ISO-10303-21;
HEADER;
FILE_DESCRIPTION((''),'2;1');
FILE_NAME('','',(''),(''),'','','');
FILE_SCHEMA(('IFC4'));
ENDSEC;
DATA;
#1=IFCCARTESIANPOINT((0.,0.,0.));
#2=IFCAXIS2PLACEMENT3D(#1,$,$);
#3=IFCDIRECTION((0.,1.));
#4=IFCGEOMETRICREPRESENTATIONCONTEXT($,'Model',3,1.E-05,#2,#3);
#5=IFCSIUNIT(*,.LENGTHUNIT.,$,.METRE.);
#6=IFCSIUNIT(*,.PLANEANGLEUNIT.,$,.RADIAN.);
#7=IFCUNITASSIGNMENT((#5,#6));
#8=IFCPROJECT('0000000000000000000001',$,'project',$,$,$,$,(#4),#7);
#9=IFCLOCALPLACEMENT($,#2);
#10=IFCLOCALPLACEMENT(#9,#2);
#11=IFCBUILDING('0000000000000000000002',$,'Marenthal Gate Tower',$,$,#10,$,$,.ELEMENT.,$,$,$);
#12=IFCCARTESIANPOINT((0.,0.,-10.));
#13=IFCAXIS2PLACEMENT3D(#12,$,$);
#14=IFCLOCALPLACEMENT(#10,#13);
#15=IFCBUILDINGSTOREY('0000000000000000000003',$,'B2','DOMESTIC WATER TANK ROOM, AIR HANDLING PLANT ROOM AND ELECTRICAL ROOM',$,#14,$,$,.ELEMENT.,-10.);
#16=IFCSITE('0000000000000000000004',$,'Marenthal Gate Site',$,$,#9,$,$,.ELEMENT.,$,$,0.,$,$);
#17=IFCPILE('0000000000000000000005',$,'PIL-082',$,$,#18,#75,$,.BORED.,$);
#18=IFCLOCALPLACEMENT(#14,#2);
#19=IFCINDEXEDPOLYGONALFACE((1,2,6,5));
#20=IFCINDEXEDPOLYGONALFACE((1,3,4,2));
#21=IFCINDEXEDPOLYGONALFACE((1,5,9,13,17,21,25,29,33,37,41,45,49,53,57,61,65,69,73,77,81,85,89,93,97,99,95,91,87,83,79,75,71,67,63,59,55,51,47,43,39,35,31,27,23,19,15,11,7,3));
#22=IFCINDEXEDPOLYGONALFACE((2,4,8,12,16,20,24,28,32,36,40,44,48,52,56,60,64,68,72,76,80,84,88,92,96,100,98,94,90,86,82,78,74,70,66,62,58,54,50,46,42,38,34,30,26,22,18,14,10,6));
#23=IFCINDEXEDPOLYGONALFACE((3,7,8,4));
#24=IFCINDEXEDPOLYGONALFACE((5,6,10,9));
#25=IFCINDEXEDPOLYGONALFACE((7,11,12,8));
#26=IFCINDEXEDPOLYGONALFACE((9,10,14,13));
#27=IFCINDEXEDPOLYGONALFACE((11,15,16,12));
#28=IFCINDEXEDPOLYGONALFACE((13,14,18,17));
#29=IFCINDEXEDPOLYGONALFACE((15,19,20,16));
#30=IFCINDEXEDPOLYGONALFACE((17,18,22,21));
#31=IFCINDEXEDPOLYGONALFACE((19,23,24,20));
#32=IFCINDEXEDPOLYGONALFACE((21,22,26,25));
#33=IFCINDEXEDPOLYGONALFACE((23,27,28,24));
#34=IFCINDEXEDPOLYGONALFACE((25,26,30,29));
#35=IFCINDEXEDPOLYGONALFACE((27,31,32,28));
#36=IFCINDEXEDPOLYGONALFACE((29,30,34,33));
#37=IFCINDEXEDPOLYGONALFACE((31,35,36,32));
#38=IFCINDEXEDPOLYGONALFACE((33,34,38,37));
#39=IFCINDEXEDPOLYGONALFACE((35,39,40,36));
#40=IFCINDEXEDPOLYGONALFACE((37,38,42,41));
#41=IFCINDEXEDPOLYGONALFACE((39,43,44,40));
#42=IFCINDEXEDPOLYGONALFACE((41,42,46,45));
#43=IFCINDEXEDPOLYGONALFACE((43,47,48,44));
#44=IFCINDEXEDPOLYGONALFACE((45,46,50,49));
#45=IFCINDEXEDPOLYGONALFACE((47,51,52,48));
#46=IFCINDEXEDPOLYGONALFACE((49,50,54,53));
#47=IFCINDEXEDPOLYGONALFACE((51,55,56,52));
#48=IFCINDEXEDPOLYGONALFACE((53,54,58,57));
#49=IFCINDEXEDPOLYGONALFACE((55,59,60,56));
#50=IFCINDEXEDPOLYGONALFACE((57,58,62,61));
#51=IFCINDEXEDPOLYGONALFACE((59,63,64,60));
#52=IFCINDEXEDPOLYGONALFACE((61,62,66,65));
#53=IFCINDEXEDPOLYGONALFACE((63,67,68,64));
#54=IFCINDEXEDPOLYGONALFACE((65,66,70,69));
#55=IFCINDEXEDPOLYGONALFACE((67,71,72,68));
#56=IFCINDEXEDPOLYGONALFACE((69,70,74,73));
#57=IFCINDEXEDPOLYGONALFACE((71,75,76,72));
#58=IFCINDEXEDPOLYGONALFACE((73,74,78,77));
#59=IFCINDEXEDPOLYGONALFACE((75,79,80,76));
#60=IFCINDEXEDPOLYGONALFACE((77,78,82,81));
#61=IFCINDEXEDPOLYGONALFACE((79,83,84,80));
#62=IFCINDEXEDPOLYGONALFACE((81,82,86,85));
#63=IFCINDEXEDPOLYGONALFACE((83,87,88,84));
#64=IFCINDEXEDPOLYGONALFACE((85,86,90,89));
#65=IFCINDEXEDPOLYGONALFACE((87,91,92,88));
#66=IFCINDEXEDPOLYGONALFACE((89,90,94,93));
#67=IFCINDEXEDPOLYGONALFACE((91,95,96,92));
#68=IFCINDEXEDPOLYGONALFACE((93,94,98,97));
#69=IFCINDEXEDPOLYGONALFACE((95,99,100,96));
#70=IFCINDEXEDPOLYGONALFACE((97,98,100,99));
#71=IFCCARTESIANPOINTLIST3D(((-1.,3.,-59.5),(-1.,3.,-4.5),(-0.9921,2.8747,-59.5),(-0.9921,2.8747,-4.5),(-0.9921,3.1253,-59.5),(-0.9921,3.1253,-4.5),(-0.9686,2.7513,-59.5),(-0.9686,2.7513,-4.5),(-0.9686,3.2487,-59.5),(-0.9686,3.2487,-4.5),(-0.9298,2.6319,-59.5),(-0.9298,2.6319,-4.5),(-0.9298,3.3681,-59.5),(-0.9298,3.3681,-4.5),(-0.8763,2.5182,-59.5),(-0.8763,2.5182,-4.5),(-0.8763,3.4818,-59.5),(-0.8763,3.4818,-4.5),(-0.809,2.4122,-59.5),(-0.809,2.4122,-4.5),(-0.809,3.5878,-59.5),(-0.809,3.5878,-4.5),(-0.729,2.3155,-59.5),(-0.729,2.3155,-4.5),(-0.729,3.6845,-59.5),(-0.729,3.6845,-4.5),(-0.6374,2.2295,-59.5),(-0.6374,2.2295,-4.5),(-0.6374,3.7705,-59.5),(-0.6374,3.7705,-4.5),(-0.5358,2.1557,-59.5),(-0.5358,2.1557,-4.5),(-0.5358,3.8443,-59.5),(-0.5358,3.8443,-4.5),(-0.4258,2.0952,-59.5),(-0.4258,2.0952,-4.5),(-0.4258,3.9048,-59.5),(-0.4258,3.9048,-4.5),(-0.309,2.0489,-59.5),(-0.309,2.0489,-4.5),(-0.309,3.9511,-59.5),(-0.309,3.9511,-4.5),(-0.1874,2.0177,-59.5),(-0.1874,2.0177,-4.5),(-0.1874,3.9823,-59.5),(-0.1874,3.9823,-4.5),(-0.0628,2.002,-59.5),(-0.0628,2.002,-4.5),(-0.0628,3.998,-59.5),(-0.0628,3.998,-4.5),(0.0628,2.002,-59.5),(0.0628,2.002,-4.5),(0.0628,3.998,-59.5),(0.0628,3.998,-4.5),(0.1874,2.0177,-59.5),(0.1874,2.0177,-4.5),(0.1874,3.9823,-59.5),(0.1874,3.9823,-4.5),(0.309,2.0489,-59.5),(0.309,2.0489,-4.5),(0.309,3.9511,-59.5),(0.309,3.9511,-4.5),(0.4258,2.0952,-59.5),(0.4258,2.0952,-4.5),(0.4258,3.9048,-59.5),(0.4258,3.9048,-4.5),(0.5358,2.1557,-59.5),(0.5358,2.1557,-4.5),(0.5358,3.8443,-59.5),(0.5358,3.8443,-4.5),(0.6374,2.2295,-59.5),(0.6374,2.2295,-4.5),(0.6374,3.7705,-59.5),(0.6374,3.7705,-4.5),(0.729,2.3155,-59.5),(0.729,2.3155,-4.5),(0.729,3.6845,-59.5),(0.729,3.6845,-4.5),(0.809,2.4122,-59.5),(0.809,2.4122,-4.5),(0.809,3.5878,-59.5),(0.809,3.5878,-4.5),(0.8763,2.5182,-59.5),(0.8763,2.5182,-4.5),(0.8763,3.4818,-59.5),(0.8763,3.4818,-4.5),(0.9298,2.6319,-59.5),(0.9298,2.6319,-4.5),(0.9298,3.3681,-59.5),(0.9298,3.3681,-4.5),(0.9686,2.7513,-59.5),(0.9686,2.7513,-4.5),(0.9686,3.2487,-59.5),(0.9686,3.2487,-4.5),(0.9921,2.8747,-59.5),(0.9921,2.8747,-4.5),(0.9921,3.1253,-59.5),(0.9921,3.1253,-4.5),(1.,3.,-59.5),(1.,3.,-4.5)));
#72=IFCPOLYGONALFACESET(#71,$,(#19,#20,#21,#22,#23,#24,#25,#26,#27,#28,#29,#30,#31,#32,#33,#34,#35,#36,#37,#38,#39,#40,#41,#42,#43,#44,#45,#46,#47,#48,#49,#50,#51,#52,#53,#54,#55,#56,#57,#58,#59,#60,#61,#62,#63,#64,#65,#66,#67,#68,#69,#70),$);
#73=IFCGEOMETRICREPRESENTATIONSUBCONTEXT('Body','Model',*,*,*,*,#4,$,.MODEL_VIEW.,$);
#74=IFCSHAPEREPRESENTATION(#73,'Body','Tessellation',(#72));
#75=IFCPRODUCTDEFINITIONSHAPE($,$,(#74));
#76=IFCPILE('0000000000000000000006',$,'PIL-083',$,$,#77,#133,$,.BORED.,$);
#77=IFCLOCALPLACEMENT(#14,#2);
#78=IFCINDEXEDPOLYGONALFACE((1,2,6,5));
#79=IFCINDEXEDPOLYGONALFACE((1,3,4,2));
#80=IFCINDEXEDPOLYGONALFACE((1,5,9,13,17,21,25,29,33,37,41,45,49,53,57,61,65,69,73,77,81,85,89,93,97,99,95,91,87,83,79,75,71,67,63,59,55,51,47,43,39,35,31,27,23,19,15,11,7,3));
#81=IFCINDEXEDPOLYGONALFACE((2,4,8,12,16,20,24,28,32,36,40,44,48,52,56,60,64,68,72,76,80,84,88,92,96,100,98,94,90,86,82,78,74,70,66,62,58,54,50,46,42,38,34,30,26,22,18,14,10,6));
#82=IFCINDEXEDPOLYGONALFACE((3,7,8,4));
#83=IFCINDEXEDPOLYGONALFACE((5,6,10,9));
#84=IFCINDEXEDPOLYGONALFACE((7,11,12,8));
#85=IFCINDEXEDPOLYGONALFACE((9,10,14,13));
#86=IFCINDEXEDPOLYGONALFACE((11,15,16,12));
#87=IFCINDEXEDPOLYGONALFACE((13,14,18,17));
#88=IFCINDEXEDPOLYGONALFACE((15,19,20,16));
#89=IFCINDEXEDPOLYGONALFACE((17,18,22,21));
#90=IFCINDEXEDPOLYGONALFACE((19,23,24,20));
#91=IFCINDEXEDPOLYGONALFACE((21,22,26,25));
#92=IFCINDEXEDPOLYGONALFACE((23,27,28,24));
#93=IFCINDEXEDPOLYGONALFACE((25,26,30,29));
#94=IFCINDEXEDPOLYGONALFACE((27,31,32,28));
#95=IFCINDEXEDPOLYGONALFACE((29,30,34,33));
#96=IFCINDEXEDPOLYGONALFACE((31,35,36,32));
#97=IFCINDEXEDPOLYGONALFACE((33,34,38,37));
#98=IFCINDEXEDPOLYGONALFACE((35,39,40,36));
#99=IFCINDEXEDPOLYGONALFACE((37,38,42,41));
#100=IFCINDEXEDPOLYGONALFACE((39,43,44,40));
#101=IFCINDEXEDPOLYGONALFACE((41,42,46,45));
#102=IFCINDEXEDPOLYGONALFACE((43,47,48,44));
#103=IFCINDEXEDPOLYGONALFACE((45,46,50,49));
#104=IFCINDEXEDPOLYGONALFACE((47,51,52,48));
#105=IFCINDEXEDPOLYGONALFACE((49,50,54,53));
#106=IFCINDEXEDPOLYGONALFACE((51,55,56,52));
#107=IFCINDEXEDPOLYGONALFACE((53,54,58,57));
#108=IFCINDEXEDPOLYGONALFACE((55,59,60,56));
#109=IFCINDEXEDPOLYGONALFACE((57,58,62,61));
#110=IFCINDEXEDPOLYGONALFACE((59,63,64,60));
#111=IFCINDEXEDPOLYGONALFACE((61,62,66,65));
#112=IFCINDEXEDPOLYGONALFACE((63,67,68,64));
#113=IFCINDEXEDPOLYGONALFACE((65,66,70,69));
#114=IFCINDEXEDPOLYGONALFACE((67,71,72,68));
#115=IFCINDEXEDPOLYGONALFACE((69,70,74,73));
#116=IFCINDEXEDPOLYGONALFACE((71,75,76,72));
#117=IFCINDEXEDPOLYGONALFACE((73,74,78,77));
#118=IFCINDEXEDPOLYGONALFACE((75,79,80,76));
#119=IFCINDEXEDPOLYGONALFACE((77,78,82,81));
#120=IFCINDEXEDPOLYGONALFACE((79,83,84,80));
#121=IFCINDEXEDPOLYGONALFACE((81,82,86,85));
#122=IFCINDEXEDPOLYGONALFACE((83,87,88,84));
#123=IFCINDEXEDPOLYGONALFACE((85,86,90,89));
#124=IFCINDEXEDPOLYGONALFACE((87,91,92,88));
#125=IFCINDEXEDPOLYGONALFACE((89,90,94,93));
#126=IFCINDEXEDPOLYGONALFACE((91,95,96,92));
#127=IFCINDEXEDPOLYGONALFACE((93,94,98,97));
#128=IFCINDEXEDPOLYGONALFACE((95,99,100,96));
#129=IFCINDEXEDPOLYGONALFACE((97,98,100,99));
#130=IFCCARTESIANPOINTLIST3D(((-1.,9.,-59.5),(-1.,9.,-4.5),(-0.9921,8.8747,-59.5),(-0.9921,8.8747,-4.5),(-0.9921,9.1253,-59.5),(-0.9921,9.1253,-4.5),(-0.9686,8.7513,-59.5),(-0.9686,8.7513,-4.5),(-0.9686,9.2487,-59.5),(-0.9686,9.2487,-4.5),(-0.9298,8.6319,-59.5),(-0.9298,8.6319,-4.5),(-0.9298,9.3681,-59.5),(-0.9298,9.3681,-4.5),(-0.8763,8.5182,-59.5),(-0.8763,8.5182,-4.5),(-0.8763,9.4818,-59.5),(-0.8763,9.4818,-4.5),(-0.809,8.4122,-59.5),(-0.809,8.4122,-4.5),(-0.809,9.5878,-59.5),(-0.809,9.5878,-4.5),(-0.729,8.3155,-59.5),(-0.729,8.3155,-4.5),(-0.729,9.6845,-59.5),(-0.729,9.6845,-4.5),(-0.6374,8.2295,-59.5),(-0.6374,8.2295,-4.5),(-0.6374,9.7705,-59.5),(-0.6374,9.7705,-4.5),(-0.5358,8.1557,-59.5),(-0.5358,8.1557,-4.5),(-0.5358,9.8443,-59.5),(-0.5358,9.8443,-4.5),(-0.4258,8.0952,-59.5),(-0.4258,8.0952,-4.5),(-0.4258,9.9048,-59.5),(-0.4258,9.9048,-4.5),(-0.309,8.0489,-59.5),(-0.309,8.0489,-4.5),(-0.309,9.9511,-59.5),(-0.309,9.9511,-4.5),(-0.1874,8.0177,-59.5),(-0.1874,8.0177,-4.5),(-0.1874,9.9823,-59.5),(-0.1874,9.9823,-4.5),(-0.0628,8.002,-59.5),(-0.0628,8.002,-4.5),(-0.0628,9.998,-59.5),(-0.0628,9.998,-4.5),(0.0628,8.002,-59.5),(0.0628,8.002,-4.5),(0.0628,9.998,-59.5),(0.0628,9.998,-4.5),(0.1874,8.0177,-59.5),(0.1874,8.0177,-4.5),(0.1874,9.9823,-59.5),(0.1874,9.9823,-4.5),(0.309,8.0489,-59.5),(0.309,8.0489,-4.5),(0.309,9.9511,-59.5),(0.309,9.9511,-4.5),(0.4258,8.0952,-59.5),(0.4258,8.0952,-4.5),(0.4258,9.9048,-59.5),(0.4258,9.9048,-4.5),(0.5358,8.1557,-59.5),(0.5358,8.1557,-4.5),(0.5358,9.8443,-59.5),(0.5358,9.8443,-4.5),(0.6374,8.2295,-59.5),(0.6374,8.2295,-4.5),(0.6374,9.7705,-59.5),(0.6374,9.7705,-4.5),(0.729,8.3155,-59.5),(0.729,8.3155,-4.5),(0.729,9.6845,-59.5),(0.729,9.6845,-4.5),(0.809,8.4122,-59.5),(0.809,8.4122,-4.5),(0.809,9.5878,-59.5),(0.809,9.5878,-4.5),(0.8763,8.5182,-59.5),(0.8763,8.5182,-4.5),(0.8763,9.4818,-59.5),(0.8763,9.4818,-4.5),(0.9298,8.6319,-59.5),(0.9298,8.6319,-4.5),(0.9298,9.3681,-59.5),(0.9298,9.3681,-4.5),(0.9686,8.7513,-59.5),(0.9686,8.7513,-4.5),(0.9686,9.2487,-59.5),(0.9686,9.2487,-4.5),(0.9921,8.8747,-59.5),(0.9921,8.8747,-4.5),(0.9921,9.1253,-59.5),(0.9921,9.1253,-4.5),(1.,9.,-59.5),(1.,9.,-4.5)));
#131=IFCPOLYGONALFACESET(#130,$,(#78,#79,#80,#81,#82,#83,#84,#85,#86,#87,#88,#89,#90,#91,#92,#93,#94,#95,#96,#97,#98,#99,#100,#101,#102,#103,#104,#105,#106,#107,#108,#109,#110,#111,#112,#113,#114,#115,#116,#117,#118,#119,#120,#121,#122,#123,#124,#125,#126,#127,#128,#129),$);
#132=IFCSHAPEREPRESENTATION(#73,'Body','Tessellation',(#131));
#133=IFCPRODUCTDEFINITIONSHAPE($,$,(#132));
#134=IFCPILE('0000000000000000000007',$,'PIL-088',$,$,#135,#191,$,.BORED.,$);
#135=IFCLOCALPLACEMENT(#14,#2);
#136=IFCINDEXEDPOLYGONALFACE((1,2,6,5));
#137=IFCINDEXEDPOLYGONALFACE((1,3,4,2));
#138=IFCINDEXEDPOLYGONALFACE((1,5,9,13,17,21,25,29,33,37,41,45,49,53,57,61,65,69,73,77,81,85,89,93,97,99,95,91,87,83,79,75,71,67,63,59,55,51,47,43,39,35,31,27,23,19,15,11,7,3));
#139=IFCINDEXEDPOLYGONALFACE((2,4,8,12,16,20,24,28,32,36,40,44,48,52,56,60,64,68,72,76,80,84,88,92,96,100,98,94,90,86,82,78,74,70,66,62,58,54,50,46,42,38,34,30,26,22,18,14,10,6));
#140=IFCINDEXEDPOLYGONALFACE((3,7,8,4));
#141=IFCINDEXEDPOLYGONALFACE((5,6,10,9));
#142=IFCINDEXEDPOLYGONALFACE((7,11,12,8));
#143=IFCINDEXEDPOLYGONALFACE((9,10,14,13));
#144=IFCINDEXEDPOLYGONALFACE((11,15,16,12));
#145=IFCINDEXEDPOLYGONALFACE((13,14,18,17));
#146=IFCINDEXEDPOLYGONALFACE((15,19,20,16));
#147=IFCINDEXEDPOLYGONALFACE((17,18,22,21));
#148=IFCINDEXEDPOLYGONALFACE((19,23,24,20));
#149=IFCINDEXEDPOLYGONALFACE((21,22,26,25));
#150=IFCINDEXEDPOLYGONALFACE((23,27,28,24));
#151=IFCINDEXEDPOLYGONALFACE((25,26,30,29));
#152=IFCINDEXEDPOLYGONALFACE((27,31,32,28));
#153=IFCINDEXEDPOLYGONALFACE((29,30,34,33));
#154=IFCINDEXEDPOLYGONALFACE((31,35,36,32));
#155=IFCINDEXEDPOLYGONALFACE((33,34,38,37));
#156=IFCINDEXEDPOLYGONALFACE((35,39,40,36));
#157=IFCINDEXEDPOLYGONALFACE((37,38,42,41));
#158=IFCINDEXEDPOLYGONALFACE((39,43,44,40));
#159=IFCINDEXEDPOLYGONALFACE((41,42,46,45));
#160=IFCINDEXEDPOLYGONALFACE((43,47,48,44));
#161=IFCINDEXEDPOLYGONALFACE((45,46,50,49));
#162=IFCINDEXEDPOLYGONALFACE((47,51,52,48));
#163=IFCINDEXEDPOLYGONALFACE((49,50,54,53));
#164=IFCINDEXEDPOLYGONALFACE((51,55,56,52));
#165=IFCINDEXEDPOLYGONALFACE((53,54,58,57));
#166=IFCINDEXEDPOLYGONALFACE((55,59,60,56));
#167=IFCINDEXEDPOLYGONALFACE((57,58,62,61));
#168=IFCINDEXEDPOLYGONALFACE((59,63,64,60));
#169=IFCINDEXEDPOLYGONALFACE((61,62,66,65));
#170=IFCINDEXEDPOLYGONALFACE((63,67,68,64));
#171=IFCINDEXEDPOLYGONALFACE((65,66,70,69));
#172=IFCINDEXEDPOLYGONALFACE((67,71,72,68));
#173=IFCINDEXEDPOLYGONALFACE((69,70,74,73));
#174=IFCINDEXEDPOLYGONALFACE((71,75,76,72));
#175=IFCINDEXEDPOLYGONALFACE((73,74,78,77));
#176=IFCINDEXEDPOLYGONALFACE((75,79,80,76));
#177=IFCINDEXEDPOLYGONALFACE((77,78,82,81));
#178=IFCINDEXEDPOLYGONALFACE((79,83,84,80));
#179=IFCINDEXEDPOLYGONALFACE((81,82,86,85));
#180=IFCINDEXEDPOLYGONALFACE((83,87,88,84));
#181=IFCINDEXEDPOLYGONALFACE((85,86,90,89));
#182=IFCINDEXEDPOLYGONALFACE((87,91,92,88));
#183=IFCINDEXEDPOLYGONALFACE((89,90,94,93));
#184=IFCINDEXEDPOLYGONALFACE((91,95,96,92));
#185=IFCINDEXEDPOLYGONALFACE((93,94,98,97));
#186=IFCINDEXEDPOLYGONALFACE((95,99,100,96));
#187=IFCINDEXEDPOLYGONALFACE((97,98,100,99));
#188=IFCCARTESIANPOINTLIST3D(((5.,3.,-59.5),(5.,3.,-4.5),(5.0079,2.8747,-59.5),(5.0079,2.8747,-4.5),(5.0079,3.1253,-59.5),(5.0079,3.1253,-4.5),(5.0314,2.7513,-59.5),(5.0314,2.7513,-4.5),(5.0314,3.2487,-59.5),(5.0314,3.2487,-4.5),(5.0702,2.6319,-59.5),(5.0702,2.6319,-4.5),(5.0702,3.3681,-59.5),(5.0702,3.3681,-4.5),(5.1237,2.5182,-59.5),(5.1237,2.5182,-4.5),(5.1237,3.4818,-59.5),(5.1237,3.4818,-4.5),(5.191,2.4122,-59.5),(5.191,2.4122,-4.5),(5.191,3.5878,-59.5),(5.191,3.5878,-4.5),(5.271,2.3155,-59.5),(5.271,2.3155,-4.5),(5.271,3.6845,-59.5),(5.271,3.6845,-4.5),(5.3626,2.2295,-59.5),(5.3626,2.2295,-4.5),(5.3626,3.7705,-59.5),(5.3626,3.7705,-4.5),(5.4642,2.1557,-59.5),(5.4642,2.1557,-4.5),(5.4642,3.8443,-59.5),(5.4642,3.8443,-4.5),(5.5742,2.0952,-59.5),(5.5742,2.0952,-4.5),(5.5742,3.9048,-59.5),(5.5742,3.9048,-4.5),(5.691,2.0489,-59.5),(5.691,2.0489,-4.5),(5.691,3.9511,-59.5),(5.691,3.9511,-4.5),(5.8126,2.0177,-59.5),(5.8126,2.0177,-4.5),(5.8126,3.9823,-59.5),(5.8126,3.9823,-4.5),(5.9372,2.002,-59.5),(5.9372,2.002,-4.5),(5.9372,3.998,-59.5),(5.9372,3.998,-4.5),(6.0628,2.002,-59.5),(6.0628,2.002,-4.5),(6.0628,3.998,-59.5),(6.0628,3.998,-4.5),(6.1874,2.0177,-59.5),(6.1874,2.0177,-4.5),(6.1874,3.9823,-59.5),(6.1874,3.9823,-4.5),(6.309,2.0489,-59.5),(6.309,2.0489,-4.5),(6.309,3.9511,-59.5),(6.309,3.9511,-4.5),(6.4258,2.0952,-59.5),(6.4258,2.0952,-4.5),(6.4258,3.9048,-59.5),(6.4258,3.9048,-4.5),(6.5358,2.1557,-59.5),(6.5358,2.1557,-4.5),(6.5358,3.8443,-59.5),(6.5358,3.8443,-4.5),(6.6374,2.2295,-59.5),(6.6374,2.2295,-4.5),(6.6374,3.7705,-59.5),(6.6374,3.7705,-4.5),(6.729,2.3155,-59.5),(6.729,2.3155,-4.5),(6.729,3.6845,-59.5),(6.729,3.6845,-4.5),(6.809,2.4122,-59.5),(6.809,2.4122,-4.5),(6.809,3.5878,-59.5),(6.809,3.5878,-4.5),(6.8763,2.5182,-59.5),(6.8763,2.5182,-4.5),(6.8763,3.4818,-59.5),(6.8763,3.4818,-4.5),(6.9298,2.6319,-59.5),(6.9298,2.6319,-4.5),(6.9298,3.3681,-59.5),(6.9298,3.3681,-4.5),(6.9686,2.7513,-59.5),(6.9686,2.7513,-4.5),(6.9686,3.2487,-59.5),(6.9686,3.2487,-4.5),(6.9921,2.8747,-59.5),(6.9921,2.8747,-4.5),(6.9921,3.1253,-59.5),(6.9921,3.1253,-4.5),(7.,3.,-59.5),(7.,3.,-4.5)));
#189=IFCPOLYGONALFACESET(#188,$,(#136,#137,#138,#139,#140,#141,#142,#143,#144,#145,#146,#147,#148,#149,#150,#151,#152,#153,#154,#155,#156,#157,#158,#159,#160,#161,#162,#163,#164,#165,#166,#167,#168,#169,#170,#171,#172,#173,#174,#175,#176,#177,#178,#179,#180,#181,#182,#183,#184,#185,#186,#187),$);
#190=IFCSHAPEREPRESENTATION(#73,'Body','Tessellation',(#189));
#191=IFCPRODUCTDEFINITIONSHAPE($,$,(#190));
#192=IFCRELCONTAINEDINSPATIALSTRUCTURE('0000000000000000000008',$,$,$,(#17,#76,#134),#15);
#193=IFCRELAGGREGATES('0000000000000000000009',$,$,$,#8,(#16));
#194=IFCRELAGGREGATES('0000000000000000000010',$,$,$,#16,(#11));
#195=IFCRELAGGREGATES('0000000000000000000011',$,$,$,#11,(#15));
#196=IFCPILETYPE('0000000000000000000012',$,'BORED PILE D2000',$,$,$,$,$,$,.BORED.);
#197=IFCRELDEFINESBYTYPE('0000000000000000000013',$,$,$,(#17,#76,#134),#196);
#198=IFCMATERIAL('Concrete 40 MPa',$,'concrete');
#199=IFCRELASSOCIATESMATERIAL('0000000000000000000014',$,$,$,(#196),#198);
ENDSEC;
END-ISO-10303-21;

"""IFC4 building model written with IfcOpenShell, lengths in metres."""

from ifc_helpers import new_model, si_unit, direction, frame, origin, origin_2d, place, context, subcontext, project, spatial, circle, extrude, material, type_object, element, save


model = new_model("IFC4")

# Units and contexts
model_context = context("Model", 3, precision=1e-05, world=origin(), true_north=direction((0.0, 1.0)))
body_context = subcontext(model_context, "Body", "Model", "MODEL_VIEW")
ifc_project = project(units=[si_unit("LENGTHUNIT", "METRE"), si_unit("PLANEANGLEUNIT", "RADIAN")], contexts=[model_context])

# Site, building, storey
site_placement = place(None, origin())
site = spatial("IfcSite", under=ifc_project, at=site_placement, Name="Marenthal Gate Site", CompositionType="ELEMENT", RefElevation=0.0)
building_placement = place(site_placement, origin())
building = spatial("IfcBuilding", under=site, at=building_placement, Name="Marenthal Gate Tower", CompositionType="ELEMENT")
storey_placement = place(building_placement, frame((0.0, 0.0, -10.0)))
storey = spatial("IfcBuildingStorey", under=building, at=storey_placement, Name="B2", Description="DOMESTIC WATER TANK ROOM, AIR HANDLING PLANT ROOM AND ELECTRICAL ROOM", CompositionType="ELEMENT", Elevation=-10.0)

# Piles
ifc_material_1 = material(Name="Concrete 40 MPa", Category="concrete")
pile_type = type_object("IfcPileType", Name="BORED PILE D2000", PredefinedType="BORED", material=ifc_material_1)
for number, where, z_axis, x_axis, name in (
    (1, (0.0, 3.0, -4.5), (0.0, 0.0, -1.0), (1.0, 0.0, 0.0), "PIL-082"),
    (2, (0.0, 9.0, -4.5), (0.0, 0.0, -1.0), (1.0, 0.0, 0.0), "PIL-083"),
    (3, (6.0, 3.0, -4.5), (0.0, 0.0, -1.0), (1.0, 0.0, 0.0), "PIL-088"),
):
    element("IfcPile", number, at=place(storey_placement, frame(where, z_axis=z_axis, x_axis=x_axis)), inside=storey, type_object=pile_type, Name=name, PredefinedType="BORED", context=body_context, shape_type="SweptSolid", body=[
        extrude(circle(Radius=1.0, at=origin_2d()), origin(), (0.0, 0.0, 1.0), 55.0),
    ])

save(model, "model.ifc")
